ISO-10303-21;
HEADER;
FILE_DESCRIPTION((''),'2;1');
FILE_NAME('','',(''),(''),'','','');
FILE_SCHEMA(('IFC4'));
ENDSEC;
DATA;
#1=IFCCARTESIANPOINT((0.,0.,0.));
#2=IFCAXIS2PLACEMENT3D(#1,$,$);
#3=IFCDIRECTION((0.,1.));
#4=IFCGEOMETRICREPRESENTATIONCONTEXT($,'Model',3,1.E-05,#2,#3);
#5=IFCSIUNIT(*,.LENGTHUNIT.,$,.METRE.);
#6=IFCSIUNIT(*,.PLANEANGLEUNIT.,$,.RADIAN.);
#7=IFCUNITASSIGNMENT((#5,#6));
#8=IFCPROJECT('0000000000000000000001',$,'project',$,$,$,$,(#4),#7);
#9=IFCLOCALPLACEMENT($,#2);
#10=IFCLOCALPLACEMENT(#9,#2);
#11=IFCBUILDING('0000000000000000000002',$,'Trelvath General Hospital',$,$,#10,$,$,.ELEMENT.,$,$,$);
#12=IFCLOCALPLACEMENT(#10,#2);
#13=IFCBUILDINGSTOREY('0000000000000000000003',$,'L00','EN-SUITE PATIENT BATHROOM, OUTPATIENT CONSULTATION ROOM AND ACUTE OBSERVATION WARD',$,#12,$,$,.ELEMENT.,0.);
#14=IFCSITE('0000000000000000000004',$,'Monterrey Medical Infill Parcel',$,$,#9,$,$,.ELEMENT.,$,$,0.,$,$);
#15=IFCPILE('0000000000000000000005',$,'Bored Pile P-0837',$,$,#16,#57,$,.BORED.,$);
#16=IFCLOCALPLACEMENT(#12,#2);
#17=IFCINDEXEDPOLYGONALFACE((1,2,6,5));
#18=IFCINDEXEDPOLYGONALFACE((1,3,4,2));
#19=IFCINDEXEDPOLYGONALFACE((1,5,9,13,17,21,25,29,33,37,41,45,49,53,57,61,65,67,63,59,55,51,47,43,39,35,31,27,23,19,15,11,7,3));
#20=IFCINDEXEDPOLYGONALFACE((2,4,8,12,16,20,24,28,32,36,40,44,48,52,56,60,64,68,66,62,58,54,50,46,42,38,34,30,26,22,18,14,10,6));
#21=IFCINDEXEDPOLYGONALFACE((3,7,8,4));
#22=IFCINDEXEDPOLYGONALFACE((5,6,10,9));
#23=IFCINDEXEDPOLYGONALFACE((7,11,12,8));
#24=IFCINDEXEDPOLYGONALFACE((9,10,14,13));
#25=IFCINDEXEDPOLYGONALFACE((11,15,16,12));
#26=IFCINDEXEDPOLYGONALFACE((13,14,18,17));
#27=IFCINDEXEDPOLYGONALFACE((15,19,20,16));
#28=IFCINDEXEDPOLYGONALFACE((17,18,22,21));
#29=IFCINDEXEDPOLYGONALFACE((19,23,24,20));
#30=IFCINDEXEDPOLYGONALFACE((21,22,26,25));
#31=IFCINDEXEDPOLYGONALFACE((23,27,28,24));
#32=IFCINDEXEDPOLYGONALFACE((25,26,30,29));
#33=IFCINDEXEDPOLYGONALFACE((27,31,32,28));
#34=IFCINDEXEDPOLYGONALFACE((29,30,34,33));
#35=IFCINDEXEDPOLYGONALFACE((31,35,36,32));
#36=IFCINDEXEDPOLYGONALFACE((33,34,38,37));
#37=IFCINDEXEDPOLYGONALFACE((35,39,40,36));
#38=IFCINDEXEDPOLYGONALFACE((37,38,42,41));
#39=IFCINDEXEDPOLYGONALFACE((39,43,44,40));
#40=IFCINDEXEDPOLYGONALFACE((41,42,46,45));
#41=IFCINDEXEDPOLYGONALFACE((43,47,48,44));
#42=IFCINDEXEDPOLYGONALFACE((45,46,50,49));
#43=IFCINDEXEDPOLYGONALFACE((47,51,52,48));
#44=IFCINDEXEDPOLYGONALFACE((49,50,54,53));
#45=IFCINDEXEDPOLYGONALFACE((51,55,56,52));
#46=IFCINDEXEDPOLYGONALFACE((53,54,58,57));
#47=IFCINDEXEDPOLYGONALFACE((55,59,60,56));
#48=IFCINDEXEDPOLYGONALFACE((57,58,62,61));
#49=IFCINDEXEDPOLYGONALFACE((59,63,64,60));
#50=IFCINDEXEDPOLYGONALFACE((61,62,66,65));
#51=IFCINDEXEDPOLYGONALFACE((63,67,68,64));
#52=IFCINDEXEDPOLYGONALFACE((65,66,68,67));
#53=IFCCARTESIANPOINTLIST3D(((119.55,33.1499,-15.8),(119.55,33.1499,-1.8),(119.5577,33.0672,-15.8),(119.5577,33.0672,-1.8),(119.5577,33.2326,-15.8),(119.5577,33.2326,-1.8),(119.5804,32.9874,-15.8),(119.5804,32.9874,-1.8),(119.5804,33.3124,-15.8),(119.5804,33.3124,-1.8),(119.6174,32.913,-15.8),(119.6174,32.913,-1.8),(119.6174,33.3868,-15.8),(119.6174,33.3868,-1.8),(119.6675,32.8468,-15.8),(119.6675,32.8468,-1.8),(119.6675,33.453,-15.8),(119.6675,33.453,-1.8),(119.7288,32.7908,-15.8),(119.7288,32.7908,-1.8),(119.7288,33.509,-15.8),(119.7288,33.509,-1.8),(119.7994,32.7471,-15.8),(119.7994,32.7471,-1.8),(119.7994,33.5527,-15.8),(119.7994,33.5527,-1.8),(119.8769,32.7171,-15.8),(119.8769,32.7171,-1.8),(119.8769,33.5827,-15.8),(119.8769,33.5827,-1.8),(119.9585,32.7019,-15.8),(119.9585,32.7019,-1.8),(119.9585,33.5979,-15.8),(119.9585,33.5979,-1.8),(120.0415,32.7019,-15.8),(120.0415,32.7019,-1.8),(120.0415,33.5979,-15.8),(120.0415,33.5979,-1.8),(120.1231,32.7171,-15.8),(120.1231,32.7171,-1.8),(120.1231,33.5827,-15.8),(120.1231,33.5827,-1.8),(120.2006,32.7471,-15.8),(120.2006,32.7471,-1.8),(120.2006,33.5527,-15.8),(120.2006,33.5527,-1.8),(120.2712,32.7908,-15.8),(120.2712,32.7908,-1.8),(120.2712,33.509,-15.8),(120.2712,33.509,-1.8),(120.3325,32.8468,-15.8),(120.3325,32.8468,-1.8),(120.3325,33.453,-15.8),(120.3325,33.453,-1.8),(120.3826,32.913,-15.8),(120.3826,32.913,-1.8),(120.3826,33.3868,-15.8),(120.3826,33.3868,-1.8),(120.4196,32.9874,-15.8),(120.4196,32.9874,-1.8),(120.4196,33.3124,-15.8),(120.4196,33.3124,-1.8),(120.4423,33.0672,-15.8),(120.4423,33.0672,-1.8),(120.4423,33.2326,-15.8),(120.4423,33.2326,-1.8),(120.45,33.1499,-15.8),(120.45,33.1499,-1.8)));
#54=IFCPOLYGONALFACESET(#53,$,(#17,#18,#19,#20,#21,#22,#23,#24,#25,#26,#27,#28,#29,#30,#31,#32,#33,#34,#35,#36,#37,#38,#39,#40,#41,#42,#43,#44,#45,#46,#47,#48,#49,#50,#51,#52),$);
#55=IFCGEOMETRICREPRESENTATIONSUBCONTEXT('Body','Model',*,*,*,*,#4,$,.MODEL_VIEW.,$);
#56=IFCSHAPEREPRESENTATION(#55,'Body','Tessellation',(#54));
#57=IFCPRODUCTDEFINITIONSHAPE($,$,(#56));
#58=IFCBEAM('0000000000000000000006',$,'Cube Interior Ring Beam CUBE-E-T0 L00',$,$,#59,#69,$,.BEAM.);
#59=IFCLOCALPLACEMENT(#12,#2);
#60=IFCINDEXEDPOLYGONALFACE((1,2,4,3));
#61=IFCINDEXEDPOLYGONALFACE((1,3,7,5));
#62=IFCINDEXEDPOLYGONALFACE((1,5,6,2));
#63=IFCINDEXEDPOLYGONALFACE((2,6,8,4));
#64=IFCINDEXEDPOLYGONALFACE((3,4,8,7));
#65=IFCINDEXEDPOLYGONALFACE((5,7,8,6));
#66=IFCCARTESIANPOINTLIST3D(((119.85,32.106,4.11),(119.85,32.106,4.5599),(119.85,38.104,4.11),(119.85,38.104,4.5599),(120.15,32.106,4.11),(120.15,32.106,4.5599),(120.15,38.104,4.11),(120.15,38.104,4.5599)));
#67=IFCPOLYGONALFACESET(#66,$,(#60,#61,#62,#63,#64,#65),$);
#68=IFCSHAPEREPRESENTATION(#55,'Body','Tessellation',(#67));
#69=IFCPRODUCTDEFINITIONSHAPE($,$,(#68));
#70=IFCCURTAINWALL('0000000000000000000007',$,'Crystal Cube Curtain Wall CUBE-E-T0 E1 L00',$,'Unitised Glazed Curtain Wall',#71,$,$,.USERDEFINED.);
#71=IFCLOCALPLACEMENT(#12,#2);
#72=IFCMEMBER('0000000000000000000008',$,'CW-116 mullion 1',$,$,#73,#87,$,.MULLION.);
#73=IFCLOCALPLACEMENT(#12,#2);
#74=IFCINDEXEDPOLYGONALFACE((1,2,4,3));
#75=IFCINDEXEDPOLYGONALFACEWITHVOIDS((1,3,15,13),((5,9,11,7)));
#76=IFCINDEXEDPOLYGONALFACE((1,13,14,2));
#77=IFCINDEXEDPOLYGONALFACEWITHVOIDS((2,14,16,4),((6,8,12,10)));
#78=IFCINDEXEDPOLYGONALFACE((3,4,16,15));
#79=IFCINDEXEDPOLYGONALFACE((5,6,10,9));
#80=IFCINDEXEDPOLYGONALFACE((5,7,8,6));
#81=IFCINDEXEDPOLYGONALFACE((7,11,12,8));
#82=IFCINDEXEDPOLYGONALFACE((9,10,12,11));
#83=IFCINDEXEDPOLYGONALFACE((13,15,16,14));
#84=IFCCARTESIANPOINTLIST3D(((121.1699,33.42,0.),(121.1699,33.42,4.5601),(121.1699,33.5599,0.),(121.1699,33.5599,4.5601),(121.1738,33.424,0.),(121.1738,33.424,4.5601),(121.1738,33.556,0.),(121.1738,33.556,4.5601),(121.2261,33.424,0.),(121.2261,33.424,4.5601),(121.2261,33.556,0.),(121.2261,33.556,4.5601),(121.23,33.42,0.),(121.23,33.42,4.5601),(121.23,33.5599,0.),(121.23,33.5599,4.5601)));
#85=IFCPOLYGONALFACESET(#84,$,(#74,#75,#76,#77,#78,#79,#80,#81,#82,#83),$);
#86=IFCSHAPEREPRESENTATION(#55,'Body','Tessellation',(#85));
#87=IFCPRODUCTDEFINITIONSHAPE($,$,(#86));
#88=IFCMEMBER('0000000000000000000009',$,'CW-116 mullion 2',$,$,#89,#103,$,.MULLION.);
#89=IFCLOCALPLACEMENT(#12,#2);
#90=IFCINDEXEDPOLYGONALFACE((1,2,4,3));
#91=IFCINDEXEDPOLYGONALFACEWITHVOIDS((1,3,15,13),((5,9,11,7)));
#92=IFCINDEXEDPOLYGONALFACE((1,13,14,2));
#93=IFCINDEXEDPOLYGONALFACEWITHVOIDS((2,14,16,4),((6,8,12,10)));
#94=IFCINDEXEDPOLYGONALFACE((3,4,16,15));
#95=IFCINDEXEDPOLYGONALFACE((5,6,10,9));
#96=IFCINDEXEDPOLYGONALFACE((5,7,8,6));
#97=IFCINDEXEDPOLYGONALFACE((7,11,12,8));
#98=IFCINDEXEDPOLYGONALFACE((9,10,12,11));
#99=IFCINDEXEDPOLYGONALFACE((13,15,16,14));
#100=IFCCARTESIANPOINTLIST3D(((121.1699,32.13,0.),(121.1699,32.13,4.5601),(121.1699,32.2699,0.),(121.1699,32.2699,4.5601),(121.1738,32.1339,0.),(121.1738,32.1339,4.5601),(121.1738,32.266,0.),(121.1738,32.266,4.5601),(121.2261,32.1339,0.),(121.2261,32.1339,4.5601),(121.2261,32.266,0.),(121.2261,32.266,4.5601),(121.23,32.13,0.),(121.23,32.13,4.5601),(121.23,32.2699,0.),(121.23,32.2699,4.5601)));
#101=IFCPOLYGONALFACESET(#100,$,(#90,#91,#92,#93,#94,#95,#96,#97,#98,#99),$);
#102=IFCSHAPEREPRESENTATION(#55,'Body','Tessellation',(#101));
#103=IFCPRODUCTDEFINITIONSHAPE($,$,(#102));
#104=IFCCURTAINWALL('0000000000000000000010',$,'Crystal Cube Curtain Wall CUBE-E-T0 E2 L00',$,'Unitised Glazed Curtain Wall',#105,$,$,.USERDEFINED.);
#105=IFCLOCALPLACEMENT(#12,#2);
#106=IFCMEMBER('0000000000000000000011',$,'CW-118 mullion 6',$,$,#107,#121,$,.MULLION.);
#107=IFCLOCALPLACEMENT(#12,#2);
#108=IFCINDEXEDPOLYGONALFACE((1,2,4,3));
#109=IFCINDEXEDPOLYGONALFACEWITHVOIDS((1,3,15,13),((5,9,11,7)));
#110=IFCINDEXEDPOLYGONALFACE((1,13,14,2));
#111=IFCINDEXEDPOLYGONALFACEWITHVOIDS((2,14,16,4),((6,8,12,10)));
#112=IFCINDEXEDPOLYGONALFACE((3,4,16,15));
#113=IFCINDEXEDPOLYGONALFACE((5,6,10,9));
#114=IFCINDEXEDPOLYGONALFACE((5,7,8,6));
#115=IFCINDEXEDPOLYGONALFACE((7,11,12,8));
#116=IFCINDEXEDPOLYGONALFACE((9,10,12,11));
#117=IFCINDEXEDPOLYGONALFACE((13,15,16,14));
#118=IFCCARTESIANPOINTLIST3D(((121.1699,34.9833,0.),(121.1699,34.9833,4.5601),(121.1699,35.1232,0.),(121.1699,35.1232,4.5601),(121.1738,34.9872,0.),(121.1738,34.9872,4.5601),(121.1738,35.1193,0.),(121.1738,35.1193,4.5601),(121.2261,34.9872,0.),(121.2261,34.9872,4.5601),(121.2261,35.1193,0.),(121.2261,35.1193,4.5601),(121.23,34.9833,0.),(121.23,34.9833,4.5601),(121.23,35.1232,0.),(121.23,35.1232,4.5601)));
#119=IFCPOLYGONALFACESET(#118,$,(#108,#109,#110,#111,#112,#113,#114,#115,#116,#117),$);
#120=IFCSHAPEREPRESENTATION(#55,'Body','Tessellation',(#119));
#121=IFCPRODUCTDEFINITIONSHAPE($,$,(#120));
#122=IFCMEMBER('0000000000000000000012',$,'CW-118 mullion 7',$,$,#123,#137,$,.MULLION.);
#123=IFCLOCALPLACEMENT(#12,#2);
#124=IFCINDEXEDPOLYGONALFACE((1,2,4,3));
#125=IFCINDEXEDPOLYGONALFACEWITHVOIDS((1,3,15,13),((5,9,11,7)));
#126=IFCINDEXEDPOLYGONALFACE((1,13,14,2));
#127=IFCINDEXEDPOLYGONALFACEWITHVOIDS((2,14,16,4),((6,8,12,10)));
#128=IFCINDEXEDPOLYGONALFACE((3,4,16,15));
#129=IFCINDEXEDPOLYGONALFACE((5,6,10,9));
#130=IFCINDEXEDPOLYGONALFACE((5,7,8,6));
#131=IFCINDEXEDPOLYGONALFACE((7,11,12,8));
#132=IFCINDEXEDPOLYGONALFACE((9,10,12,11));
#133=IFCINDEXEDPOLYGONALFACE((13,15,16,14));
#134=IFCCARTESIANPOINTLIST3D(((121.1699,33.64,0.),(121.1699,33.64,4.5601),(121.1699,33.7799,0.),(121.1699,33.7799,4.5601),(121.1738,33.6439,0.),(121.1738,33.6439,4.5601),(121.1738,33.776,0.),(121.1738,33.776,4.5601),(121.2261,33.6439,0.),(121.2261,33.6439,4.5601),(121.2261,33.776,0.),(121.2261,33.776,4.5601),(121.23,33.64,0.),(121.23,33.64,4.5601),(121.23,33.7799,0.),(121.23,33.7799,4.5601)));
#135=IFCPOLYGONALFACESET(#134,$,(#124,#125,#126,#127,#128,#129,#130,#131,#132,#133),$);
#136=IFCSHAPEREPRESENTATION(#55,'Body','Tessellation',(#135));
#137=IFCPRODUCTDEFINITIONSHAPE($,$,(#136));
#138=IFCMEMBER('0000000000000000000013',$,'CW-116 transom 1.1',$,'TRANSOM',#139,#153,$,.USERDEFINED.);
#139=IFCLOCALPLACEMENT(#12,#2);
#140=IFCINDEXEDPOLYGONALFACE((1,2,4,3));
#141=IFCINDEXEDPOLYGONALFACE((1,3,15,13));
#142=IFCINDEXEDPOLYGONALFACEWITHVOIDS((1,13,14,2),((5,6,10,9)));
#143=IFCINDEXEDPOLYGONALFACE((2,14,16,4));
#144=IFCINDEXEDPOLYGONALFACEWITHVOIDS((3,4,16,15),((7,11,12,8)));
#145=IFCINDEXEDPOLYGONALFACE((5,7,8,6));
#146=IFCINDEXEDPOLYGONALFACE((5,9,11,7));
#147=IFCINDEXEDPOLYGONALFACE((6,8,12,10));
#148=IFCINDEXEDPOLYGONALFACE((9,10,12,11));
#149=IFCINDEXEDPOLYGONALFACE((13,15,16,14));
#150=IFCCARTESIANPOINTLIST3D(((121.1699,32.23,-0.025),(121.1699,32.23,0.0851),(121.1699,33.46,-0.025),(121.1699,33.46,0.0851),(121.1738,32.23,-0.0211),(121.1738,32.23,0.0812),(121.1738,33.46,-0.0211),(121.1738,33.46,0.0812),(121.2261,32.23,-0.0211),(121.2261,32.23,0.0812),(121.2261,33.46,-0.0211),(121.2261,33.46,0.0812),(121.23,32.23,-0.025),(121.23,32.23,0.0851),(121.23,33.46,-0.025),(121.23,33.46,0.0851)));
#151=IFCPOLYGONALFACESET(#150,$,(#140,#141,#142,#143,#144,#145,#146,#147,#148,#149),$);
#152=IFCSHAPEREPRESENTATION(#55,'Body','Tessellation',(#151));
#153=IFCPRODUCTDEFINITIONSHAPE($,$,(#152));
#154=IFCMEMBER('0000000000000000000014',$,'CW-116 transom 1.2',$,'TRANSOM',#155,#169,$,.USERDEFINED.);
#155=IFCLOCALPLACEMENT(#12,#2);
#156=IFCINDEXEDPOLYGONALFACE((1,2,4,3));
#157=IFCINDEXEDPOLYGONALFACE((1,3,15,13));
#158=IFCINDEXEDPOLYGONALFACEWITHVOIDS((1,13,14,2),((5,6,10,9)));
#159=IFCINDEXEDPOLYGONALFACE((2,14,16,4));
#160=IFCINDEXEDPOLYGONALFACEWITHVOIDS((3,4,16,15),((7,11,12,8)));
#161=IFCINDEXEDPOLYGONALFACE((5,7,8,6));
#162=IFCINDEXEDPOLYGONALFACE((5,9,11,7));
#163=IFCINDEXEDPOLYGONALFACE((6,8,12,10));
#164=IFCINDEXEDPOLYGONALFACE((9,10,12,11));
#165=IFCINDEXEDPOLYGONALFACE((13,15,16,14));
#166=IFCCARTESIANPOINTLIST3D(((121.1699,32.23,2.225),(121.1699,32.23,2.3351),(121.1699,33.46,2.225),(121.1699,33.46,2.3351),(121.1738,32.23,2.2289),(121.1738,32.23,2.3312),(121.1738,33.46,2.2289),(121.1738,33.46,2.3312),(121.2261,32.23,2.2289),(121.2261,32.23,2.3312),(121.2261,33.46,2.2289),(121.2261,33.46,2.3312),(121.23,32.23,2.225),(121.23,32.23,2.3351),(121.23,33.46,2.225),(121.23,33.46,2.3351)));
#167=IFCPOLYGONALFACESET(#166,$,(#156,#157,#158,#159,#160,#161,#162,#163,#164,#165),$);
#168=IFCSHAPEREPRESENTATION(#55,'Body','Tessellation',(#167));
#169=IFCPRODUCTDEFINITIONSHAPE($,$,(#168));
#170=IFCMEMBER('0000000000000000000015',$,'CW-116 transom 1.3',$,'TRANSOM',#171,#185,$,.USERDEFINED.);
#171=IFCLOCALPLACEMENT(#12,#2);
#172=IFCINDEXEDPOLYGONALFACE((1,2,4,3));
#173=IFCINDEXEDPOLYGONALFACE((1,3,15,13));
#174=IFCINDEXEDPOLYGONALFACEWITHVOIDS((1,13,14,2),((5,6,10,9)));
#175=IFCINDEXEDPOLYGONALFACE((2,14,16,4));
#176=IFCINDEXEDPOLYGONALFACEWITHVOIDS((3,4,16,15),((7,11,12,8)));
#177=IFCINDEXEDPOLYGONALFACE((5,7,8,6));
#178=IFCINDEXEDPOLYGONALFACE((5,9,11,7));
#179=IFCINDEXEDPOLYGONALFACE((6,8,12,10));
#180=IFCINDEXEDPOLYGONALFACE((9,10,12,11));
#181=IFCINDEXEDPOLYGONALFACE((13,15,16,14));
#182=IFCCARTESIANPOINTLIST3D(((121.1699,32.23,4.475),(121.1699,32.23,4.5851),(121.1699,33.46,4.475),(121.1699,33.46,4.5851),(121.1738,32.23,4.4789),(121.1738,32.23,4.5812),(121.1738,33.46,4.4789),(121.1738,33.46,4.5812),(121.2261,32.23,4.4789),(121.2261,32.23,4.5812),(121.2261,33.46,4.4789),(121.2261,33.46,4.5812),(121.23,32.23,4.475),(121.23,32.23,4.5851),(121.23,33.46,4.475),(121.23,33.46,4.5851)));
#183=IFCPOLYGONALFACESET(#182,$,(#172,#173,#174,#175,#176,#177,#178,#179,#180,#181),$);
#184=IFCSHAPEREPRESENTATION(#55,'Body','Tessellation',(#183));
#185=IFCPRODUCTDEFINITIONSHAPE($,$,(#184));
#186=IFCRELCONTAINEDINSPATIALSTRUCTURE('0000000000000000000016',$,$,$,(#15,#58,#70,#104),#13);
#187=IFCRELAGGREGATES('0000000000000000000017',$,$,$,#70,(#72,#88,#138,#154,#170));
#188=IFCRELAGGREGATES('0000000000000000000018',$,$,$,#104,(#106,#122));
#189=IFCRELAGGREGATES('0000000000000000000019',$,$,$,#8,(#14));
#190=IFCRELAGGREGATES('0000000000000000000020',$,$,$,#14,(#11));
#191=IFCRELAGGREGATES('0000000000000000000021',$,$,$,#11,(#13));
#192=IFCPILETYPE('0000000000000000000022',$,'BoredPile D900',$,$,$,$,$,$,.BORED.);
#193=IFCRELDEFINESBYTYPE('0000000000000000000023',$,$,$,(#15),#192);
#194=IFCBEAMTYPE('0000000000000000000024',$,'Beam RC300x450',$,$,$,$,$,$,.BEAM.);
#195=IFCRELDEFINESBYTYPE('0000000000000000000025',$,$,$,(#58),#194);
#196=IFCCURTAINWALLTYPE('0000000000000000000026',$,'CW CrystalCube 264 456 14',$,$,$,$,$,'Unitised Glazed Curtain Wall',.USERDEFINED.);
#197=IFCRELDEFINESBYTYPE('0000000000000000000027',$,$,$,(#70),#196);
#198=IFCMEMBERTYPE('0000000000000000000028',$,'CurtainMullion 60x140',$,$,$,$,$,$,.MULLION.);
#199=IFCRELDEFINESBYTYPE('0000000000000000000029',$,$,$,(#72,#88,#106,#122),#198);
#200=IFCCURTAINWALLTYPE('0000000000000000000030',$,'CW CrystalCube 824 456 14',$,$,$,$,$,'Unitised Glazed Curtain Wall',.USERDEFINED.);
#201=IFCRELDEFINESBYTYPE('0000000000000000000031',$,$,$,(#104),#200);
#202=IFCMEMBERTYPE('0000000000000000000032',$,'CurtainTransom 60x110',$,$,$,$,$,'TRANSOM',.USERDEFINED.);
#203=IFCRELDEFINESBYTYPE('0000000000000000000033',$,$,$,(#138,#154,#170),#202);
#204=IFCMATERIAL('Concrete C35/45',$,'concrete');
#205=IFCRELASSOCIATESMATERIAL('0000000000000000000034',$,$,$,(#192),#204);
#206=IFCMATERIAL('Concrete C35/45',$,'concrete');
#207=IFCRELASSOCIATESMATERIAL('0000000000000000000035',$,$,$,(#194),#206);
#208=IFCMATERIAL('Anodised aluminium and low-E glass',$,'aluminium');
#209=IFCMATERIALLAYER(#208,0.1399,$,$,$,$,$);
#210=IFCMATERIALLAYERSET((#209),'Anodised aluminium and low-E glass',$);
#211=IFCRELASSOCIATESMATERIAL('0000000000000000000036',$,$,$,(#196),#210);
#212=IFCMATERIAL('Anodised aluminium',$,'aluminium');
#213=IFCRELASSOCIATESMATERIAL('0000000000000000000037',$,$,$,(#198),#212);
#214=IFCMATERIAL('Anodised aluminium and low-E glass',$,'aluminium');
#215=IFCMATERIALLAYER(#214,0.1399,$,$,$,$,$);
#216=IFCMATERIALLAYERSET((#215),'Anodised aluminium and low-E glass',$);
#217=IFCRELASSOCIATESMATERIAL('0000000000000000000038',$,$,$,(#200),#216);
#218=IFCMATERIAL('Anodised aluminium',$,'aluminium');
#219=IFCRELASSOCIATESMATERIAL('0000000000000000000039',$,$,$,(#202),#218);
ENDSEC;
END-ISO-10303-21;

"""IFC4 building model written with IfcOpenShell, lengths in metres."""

from ifc_helpers import new_model, si_unit, direction, frame, origin, origin_2d, place, context, subcontext, project, spatial, rectangle, hollow_rectangle, circle, extrude, material, layer, layer_set, material_profile, profile_set, type_object, element, aggregate, save


model = new_model("IFC4")

# Units and contexts
model_context = context("Model", 3, precision=1e-05, world=origin(), true_north=direction((0.0, 1.0)))
body_context = subcontext(model_context, "Body", "Model", "MODEL_VIEW")
ifc_project = project(units=[si_unit("LENGTHUNIT", "METRE"), si_unit("PLANEANGLEUNIT", "RADIAN")], contexts=[model_context])

# Site, building, storey
site_placement = place(None, origin())
site = spatial("IfcSite", under=ifc_project, at=site_placement, Name="Monterrey Medical Infill Parcel", CompositionType="ELEMENT", RefElevation=0.0)
building_placement = place(site_placement, origin())
building = spatial("IfcBuilding", under=site, at=building_placement, Name="Trelvath General Hospital", CompositionType="ELEMENT")
storey_placement = place(building_placement, origin())
storey = spatial("IfcBuildingStorey", under=building, at=storey_placement, Name="L00", Description="EN-SUITE PATIENT BATHROOM, OUTPATIENT CONSULTATION ROOM AND ACUTE OBSERVATION WARD", CompositionType="ELEMENT", Elevation=0.0)

# Pile
ifc_material_1 = material(Name="Concrete C35/45", Category="concrete")
ifc_material_profile_1 = material_profile(ifc_material_1, circle(Radius=0.45, at=origin_2d()), Name="PILE900")
ifc_profile_set_1 = profile_set([ifc_material_profile_1], Name="Concrete C35/45")
pile_type = type_object("IfcPileType", Name="BoredPile D900", PredefinedType="BORED", material=ifc_profile_set_1)
pile_placement = place(storey_placement, frame((120.0, 33.1499, -1.8), z_axis=(0.0, 0.0, -1.0), x_axis=(1.0, 0.0, 0.0)))
element("IfcPile", 1, at=pile_placement, inside=storey, type_object=pile_type, Name="Bored Pile P-0837", PredefinedType="BORED", context=body_context, shape_type="SweptSolid", body=[
    extrude(circle(Radius=0.45, at=origin_2d()), origin(), (0.0, 0.0, 1.0), 14.0),
])

# Beam
ifc_material_2 = material(Name="Concrete C35/45", Category="concrete")
ifc_material_profile_2 = material_profile(ifc_material_2, rectangle(XDim=0.3, YDim=0.45, at=origin_2d()), Name="RCB300x450")
ifc_profile_set_2 = profile_set([ifc_material_profile_2], Name="Concrete C35/45")
beam_type = type_object("IfcBeamType", Name="Beam RC300x450", PredefinedType="BEAM", material=ifc_profile_set_2)
beam_placement = place(storey_placement, frame((120.0, 32.106, 4.335), z_axis=(0.0, 1.0, 0.0), x_axis=(-1.0, 0.0, 0.0)))
element("IfcBeam", 2, at=beam_placement, inside=storey, type_object=beam_type, Name="Cube Interior Ring Beam CUBE-E-T0 L00", PredefinedType="BEAM", context=body_context, shape_type="SweptSolid", body=[
    extrude(rectangle(XDim=0.3, YDim=0.45, at=origin_2d()), origin(), (0.0, 0.0, 1.0), 5.998),
])

# Curtain walls, members
ifc_material_3 = material(Name="Anodised aluminium and low-E glass", Category="aluminium")
ifc_layer_1 = layer(ifc_material_3, 0.1399)
ifc_layer_set_1 = layer_set([ifc_layer_1], Name="Anodised aluminium and low-E glass")
curtain_wall_type_1 = type_object("IfcCurtainWallType", Name="CW CrystalCube 264 456 14", ElementType="Unitised Glazed Curtain Wall", PredefinedType="USERDEFINED", material=ifc_layer_set_1)
curtain_wall_1_placement = place(storey_placement, origin())
curtain_wall_1 = element("IfcCurtainWall", 3, at=curtain_wall_1_placement, inside=storey, type_object=curtain_wall_type_1, Name="Crystal Cube Curtain Wall CUBE-E-T0 E1 L00", ObjectType="Unitised Glazed Curtain Wall", PredefinedType="USERDEFINED")
ifc_material_4 = material(Name="Anodised aluminium", Category="aluminium")
ifc_material_profile_3 = material_profile(ifc_material_4, hollow_rectangle(XDim=0.0601, YDim=0.1399, WallThickness=0.0039, at=origin_2d()), Name="RHS60x140x4")
ifc_profile_set_3 = profile_set([ifc_material_profile_3], Name="Anodised aluminium")
member_type_1 = type_object("IfcMemberType", Name="CurtainMullion 60x140", PredefinedType="MULLION", material=ifc_profile_set_3)
member_1_placement = place(storey_placement, frame((121.2, 33.49, 0.0), z_axis=(0.0, 0.0, 1.0), x_axis=(1.0, 0.0, 0.0)))
member_1 = element("IfcMember", 4, at=member_1_placement, type_object=member_type_1, Name="CW-116 mullion 1", PredefinedType="MULLION", context=body_context, shape_type="SweptSolid", body=[
    extrude(hollow_rectangle(XDim=0.0601, YDim=0.1399, WallThickness=0.0039, at=origin_2d()), origin(), (0.0, 0.0, 1.0), 4.5601),
])
member_2_placement = place(storey_placement, frame((121.2, 32.2, 0.0), z_axis=(0.0, 0.0, 1.0), x_axis=(1.0, 0.0, 0.0)))
member_2 = element("IfcMember", 5, at=member_2_placement, type_object=member_type_1, Name="CW-116 mullion 2", PredefinedType="MULLION", context=body_context, shape_type="SweptSolid", body=[
    extrude(hollow_rectangle(XDim=0.0601, YDim=0.1399, WallThickness=0.0039, at=origin_2d()), origin(), (0.0, 0.0, 1.0), 4.5601),
])
ifc_material_5 = material(Name="Anodised aluminium and low-E glass", Category="aluminium")
ifc_layer_2 = layer(ifc_material_5, 0.1399)
ifc_layer_set_2 = layer_set([ifc_layer_2], Name="Anodised aluminium and low-E glass")
curtain_wall_type_2 = type_object("IfcCurtainWallType", Name="CW CrystalCube 824 456 14", ElementType="Unitised Glazed Curtain Wall", PredefinedType="USERDEFINED", material=ifc_layer_set_2)
curtain_wall_2_placement = place(storey_placement, origin())
curtain_wall_2 = element("IfcCurtainWall", 6, at=curtain_wall_2_placement, inside=storey, type_object=curtain_wall_type_2, Name="Crystal Cube Curtain Wall CUBE-E-T0 E2 L00", ObjectType="Unitised Glazed Curtain Wall", PredefinedType="USERDEFINED")
member_3_placement = place(storey_placement, frame((121.2, 35.0532, 0.0), z_axis=(0.0, 0.0, 1.0), x_axis=(1.0, 0.0, 0.0)))
member_3 = element("IfcMember", 7, at=member_3_placement, type_object=member_type_1, Name="CW-118 mullion 6", PredefinedType="MULLION", context=body_context, shape_type="SweptSolid", body=[
    extrude(hollow_rectangle(XDim=0.0601, YDim=0.1399, WallThickness=0.0039, at=origin_2d()), origin(), (0.0, 0.0, 1.0), 4.5601),
])
member_4_placement = place(storey_placement, frame((121.2, 33.71, 0.0), z_axis=(0.0, 0.0, 1.0), x_axis=(1.0, 0.0, 0.0)))
member_4 = element("IfcMember", 8, at=member_4_placement, type_object=member_type_1, Name="CW-118 mullion 7", PredefinedType="MULLION", context=body_context, shape_type="SweptSolid", body=[
    extrude(hollow_rectangle(XDim=0.0601, YDim=0.1399, WallThickness=0.0039, at=origin_2d()), origin(), (0.0, 0.0, 1.0), 4.5601),
])

# Members
ifc_material_6 = material(Name="Anodised aluminium", Category="aluminium")
ifc_material_profile_4 = material_profile(ifc_material_6, hollow_rectangle(XDim=0.0601, YDim=0.1101, WallThickness=0.0039, at=origin_2d()), Name="RHS60x110x4")
ifc_profile_set_4 = profile_set([ifc_material_profile_4], Name="Anodised aluminium")
member_type_2 = type_object("IfcMemberType", Name="CurtainTransom 60x110", ElementType="TRANSOM", PredefinedType="USERDEFINED", material=ifc_profile_set_4)
member_5_placement = place(storey_placement, frame((121.2, 33.46, 0.03), z_axis=(0.0, -1.0, 0.0), x_axis=(1.0, 0.0, 0.0)))
member_5 = element("IfcMember", 9, at=member_5_placement, type_object=member_type_2, Name="CW-116 transom 1.1", ObjectType="TRANSOM", PredefinedType="USERDEFINED", context=body_context, shape_type="SweptSolid", body=[
    extrude(hollow_rectangle(XDim=0.0601, YDim=0.1101, WallThickness=0.0039, at=origin_2d()), origin(), (0.0, 0.0, 1.0), 1.23),
])
member_6_placement = place(storey_placement, frame((121.2, 33.46, 2.28), z_axis=(0.0, -1.0, 0.0), x_axis=(1.0, 0.0, 0.0)))
member_6 = element("IfcMember", 10, at=member_6_placement, type_object=member_type_2, Name="CW-116 transom 1.2", ObjectType="TRANSOM", PredefinedType="USERDEFINED", context=body_context, shape_type="SweptSolid", body=[
    extrude(hollow_rectangle(XDim=0.0601, YDim=0.1101, WallThickness=0.0039, at=origin_2d()), origin(), (0.0, 0.0, 1.0), 1.23),
])
member_7_placement = place(storey_placement, frame((121.2, 33.46, 4.53), z_axis=(0.0, -1.0, 0.0), x_axis=(1.0, 0.0, 0.0)))
member_7 = element("IfcMember", 11, at=member_7_placement, type_object=member_type_2, Name="CW-116 transom 1.3", ObjectType="TRANSOM", PredefinedType="USERDEFINED", context=body_context, shape_type="SweptSolid", body=[
    extrude(hollow_rectangle(XDim=0.0601, YDim=0.1101, WallThickness=0.0039, at=origin_2d()), origin(), (0.0, 0.0, 1.0), 1.23),
])

aggregate(curtain_wall_1, [member_1, member_2, member_5, member_6, member_7])
aggregate(curtain_wall_2, [member_3, member_4])

save(model, "model.ifc")
